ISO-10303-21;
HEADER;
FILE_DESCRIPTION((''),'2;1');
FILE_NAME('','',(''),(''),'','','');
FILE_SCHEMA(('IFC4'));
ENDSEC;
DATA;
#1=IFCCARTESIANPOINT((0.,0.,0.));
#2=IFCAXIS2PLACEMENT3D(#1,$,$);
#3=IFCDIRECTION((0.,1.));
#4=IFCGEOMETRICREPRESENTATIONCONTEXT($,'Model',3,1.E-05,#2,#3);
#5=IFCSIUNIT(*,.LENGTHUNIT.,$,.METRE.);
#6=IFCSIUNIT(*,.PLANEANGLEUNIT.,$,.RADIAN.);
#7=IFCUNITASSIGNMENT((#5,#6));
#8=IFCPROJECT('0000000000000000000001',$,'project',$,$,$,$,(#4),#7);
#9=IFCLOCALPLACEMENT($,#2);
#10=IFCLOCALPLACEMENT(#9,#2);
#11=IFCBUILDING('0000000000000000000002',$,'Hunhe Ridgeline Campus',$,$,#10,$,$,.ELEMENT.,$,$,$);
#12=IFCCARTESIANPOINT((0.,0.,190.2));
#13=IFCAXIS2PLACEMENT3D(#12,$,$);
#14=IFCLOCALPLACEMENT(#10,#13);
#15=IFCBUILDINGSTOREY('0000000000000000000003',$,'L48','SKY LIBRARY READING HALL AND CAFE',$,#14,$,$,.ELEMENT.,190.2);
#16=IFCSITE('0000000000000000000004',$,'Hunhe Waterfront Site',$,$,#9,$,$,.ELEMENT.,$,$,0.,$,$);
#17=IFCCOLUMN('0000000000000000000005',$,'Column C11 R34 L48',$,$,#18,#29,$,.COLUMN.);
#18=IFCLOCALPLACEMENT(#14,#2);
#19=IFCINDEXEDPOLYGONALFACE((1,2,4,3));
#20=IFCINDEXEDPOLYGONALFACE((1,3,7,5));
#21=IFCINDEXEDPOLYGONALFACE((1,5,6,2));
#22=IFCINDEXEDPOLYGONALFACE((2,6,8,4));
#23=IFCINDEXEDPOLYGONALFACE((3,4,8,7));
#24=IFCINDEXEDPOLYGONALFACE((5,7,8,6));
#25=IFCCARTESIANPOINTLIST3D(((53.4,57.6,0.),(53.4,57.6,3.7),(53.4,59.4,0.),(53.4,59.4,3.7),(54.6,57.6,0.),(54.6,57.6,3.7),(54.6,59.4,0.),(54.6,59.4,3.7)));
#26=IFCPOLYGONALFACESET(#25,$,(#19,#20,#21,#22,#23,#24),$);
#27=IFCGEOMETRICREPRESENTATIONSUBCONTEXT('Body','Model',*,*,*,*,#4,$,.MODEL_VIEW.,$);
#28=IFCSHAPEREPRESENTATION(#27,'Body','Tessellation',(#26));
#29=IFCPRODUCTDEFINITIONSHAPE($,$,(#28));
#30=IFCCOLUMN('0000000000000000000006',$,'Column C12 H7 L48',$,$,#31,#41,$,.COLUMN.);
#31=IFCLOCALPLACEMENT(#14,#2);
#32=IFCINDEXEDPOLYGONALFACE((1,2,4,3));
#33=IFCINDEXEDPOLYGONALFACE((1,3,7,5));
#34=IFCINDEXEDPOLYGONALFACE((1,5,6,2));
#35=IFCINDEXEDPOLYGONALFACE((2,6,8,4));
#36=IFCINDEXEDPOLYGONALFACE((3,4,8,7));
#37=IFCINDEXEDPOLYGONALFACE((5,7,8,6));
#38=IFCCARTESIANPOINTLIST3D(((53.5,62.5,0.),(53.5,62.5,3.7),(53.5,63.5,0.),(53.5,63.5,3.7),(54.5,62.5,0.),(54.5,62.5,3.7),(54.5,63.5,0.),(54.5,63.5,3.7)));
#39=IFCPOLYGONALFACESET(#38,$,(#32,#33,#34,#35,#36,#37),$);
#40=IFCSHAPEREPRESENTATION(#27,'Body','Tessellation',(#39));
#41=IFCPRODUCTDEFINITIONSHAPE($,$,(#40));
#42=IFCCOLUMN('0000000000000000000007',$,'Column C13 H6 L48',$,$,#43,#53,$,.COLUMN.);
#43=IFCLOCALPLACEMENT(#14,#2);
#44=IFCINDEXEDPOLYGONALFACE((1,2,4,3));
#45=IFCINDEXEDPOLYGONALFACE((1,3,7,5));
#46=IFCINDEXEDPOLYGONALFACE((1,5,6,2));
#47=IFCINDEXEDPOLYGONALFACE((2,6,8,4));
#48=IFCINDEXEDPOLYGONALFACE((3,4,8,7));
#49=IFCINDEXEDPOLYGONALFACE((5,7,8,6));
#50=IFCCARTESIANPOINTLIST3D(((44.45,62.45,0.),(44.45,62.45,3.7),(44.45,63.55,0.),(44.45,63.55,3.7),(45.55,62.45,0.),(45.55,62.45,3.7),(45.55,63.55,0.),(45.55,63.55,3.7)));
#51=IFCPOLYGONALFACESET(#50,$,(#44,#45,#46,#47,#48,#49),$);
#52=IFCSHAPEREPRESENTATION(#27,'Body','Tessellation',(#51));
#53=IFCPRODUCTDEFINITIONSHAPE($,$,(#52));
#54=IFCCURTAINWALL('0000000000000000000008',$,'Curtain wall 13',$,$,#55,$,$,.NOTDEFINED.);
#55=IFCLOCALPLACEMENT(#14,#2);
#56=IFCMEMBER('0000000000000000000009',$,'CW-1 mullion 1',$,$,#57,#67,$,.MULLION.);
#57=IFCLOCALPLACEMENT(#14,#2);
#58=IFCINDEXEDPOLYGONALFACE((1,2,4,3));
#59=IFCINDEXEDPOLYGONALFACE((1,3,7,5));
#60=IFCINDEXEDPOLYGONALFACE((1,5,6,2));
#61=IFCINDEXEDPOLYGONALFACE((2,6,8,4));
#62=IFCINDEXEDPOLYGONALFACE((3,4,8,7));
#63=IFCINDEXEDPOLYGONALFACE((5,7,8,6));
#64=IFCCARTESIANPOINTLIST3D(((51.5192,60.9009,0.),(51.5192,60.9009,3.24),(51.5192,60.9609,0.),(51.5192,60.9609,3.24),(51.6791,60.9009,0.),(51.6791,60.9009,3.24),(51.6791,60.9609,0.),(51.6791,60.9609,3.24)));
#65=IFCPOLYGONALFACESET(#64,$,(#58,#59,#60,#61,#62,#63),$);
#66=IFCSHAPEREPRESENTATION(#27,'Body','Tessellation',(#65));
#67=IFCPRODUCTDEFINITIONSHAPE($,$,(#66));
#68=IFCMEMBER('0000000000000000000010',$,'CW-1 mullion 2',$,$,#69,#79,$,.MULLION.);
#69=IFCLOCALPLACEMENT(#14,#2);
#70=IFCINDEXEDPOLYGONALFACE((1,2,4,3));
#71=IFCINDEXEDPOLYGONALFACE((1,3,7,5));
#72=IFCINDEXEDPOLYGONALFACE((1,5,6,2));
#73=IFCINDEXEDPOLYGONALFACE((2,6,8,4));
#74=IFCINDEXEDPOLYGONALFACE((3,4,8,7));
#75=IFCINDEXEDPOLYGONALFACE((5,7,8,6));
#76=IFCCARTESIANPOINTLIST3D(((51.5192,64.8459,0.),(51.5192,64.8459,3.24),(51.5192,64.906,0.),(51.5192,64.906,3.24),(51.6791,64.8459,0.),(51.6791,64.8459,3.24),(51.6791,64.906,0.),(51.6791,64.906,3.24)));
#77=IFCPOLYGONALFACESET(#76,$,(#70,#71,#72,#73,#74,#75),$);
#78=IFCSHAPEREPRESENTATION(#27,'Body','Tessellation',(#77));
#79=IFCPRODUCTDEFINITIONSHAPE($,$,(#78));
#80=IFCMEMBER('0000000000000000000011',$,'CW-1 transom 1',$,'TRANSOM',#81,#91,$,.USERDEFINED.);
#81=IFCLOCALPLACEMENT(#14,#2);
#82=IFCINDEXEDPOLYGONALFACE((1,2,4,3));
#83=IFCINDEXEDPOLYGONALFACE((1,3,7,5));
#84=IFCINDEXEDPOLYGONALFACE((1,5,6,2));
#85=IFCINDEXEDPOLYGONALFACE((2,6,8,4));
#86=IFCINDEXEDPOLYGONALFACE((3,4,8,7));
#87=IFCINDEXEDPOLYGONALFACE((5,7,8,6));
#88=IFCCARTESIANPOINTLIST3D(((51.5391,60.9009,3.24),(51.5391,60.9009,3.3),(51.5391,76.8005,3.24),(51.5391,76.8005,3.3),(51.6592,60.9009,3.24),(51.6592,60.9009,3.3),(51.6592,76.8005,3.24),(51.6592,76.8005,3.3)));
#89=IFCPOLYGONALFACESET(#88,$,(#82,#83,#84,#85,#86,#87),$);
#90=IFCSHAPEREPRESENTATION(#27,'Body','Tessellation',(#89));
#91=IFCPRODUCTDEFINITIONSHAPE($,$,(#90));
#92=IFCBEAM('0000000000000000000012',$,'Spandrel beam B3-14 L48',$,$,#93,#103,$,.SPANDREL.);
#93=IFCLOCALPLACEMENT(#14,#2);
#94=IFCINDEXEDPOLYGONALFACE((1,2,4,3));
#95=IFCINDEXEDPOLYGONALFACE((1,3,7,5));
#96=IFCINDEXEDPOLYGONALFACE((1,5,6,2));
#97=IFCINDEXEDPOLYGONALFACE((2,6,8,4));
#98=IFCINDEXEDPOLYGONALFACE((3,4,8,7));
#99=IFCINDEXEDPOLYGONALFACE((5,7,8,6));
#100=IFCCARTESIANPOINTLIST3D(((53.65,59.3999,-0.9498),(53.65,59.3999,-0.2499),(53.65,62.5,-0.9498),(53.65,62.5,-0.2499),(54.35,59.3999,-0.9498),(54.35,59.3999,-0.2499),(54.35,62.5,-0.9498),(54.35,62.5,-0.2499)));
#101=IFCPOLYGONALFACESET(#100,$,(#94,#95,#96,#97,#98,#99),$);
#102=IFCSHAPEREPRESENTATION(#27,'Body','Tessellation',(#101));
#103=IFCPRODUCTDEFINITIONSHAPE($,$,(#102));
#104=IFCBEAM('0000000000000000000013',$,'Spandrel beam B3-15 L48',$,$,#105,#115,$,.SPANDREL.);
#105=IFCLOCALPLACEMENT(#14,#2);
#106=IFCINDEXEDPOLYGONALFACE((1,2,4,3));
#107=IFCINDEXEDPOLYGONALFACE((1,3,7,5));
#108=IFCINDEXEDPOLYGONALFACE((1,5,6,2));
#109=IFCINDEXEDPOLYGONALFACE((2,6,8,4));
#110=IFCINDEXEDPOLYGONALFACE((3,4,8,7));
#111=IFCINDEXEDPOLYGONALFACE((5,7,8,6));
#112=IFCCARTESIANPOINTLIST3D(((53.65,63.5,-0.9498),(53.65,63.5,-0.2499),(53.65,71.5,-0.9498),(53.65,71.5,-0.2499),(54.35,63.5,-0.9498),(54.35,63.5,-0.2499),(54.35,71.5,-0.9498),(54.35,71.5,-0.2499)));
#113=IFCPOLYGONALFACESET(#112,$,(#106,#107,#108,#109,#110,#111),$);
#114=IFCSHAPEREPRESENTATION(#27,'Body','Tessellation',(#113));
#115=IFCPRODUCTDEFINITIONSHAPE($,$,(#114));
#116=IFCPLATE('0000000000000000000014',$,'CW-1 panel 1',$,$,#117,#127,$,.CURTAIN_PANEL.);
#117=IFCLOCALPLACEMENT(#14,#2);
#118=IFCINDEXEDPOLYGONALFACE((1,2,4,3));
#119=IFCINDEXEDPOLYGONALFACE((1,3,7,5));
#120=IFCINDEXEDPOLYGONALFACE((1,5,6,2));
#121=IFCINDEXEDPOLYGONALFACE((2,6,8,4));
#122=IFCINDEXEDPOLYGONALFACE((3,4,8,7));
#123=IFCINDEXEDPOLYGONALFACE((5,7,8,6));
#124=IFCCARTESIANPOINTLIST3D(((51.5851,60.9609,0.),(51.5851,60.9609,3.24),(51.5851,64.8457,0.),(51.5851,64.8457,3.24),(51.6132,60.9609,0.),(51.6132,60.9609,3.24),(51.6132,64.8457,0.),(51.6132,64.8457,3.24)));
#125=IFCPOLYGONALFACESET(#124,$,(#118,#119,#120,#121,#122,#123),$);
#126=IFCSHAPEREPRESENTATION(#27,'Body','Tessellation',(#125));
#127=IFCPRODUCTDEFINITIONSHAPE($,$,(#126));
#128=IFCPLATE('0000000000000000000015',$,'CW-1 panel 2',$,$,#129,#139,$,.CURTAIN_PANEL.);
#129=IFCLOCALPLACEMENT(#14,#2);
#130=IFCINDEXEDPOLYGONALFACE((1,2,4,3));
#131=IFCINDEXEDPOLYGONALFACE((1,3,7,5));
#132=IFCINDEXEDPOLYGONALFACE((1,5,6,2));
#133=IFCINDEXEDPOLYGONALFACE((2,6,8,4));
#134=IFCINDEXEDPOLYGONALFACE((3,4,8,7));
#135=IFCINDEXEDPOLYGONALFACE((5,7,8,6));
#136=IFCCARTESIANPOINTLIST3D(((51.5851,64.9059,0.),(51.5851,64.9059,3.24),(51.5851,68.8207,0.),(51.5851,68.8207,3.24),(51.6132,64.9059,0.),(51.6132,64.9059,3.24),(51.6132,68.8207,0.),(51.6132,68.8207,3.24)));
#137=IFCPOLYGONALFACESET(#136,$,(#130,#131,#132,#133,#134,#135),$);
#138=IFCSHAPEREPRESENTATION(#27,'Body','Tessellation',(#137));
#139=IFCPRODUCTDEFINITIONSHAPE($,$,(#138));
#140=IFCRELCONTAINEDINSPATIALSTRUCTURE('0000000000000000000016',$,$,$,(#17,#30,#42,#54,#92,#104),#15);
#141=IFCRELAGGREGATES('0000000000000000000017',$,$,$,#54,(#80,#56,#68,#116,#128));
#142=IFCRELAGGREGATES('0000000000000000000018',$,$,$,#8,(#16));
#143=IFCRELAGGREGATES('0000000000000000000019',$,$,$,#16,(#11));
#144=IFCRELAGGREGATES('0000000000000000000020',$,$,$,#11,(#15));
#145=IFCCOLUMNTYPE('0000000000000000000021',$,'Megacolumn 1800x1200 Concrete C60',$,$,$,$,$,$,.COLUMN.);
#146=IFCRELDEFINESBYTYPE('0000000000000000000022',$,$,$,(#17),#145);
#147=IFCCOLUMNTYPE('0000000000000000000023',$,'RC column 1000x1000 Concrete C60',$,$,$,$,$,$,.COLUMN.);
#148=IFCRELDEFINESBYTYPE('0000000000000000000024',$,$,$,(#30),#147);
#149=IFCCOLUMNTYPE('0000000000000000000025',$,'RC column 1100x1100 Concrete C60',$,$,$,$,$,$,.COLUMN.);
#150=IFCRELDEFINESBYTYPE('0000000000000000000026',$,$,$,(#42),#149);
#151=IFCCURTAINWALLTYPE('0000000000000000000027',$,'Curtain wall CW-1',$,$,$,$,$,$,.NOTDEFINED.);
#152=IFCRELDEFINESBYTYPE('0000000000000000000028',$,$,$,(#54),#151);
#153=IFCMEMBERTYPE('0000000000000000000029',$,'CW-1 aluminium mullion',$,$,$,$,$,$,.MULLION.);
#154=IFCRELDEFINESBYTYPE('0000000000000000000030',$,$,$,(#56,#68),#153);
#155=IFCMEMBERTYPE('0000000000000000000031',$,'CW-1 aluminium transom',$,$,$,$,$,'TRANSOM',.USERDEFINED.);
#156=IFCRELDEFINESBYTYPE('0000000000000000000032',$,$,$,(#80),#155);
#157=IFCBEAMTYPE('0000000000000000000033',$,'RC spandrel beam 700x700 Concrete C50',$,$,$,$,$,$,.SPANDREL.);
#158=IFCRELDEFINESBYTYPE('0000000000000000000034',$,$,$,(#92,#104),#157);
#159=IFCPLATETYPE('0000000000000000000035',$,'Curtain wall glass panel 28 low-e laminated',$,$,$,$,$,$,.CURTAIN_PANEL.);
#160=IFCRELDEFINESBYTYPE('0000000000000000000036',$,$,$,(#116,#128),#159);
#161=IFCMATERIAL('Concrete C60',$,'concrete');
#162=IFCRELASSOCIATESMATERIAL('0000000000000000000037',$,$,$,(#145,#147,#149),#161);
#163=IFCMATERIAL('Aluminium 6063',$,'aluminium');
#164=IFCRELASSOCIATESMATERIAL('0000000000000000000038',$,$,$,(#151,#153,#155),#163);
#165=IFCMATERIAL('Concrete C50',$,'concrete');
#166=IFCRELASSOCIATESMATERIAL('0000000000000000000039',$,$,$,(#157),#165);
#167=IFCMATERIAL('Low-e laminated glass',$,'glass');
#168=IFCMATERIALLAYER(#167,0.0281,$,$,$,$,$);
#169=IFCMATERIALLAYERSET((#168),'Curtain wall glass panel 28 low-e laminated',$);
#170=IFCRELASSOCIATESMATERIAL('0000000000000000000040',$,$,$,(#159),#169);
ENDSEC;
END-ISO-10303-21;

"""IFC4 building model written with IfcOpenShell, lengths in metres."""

from ifc_helpers import new_model, si_unit, direction, frame, origin, origin_2d, place, context, subcontext, project, spatial, rectangle, extrude, material, layer, layer_set, material_profile, profile_set, type_object, element, aggregate, save


model = new_model("IFC4")

# Units and contexts
model_context = context("Model", 3, precision=1e-05, world=origin(), true_north=direction((0.0, 1.0)))
body_context = subcontext(model_context, "Body", "Model", "MODEL_VIEW")
ifc_project = project(units=[si_unit("LENGTHUNIT", "METRE"), si_unit("PLANEANGLEUNIT", "RADIAN")], contexts=[model_context])

# Site, building, storey
site_placement = place(None, origin())
site = spatial("IfcSite", under=ifc_project, at=site_placement, Name="Hunhe Waterfront Site", CompositionType="ELEMENT", RefElevation=0.0)
building_placement = place(site_placement, origin())
building = spatial("IfcBuilding", under=site, at=building_placement, Name="Hunhe Ridgeline Campus", CompositionType="ELEMENT")
storey_placement = place(building_placement, frame((0.0, 0.0, 190.2)))
storey = spatial("IfcBuildingStorey", under=building, at=storey_placement, Name="L48", Description="SKY LIBRARY READING HALL AND CAFE", CompositionType="ELEMENT", Elevation=190.2)

# Columns
ifc_material_1 = material(Name="Concrete C60", Category="concrete")
ifc_material_profile_1 = material_profile(ifc_material_1, rectangle(XDim=1.8, YDim=1.2, at=origin_2d()))
ifc_profile_set_1 = profile_set([ifc_material_profile_1], Name="Concrete C60")
column_type_1 = type_object("IfcColumnType", Name="Megacolumn 1800x1200 Concrete C60", PredefinedType="COLUMN", material=ifc_profile_set_1)
column_1_placement = place(storey_placement, frame((54.0, 58.5, 0.0), z_axis=(0.0, 0.0, 1.0), x_axis=(0.0, 1.0, 0.0)))
element("IfcColumn", 1, at=column_1_placement, inside=storey, type_object=column_type_1, Name="Column C11 R34 L48", PredefinedType="COLUMN", context=body_context, shape_type="SweptSolid", body=[
    extrude(rectangle(XDim=1.8, YDim=1.2, at=origin_2d()), origin(), (0.0, 0.0, 1.0), 3.7),
])
ifc_material_profile_2 = material_profile(ifc_material_1, rectangle(XDim=1.0, YDim=1.0, at=origin_2d()))
ifc_profile_set_2 = profile_set([ifc_material_profile_2], Name="Concrete C60")
column_type_2 = type_object("IfcColumnType", Name="RC column 1000x1000 Concrete C60", PredefinedType="COLUMN", material=ifc_profile_set_2)
column_2_placement = place(storey_placement, frame((54.0, 63.0, 0.0), z_axis=(0.0, 0.0, 1.0), x_axis=(1.0, 0.0, 0.0)))
element("IfcColumn", 2, at=column_2_placement, inside=storey, type_object=column_type_2, Name="Column C12 H7 L48", PredefinedType="COLUMN", context=body_context, shape_type="SweptSolid", body=[
    extrude(rectangle(XDim=1.0, YDim=1.0, at=origin_2d()), origin(), (0.0, 0.0, 1.0), 3.7),
])
ifc_material_profile_3 = material_profile(ifc_material_1, rectangle(XDim=1.1001, YDim=1.1001, at=origin_2d()))
ifc_profile_set_3 = profile_set([ifc_material_profile_3], Name="Concrete C60")
column_type_3 = type_object("IfcColumnType", Name="RC column 1100x1100 Concrete C60", PredefinedType="COLUMN", material=ifc_profile_set_3)
column_3_placement = place(storey_placement, frame((45.0, 63.0, 0.0), z_axis=(0.0, 0.0, 1.0), x_axis=(1.0, 0.0, 0.0)))
element("IfcColumn", 3, at=column_3_placement, inside=storey, type_object=column_type_3, Name="Column C13 H6 L48", PredefinedType="COLUMN", context=body_context, shape_type="SweptSolid", body=[
    extrude(rectangle(XDim=1.1001, YDim=1.1001, at=origin_2d()), origin(), (0.0, 0.0, 1.0), 3.7),
])

# Curtain wall, members
ifc_material_2 = material(Name="Aluminium 6063", Category="aluminium")
curtain_wall_type = type_object("IfcCurtainWallType", Name="Curtain wall CW-1", PredefinedType="NOTDEFINED", material=ifc_material_2)
curtain_wall_placement = place(storey_placement, origin())
curtain_wall = element("IfcCurtainWall", 4, at=curtain_wall_placement, inside=storey, type_object=curtain_wall_type, Name="Curtain wall 13", PredefinedType="NOTDEFINED")
ifc_material_profile_4 = material_profile(ifc_material_2, rectangle(XDim=0.1599, YDim=0.0601, at=origin_2d()))
ifc_profile_set_4 = profile_set([ifc_material_profile_4], Name="Aluminium 6063")
member_type_1 = type_object("IfcMemberType", Name="CW-1 aluminium mullion", PredefinedType="MULLION", material=ifc_profile_set_4)
member_1_placement = place(storey_placement, frame((51.5991, 60.9309, 0.0), z_axis=(0.0, 0.0, 1.0), x_axis=(-1.0, 0.0, 0.0)))
member_1 = element("IfcMember", 5, at=member_1_placement, type_object=member_type_1, Name="CW-1 mullion 1", PredefinedType="MULLION", context=body_context, shape_type="SweptSolid", body=[
    extrude(rectangle(XDim=0.1599, YDim=0.0601, at=origin_2d()), origin(), (0.0, 0.0, 1.0), 3.24),
])
member_2_placement = place(storey_placement, frame((51.5991, 64.876, 0.0), z_axis=(0.0, 0.0, 1.0), x_axis=(-1.0, 0.0, 0.0)))
member_2 = element("IfcMember", 6, at=member_2_placement, type_object=member_type_1, Name="CW-1 mullion 2", PredefinedType="MULLION", context=body_context, shape_type="SweptSolid", body=[
    extrude(rectangle(XDim=0.1599, YDim=0.0601, at=origin_2d()), origin(), (0.0, 0.0, 1.0), 3.24),
])
ifc_material_profile_5 = material_profile(ifc_material_2, rectangle(XDim=0.1201, YDim=0.0601, at=origin_2d()))
ifc_profile_set_5 = profile_set([ifc_material_profile_5], Name="Aluminium 6063")
member_type_2 = type_object("IfcMemberType", Name="CW-1 aluminium transom", ElementType="TRANSOM", PredefinedType="USERDEFINED", material=ifc_profile_set_5)
member_3_placement = place(storey_placement, frame((51.5991, 60.9009, 3.27), z_axis=(0.0, 1.0, 0.0), x_axis=(-1.0, 0.0, 0.0)))
member_3 = element("IfcMember", 7, at=member_3_placement, type_object=member_type_2, Name="CW-1 transom 1", ObjectType="TRANSOM", PredefinedType="USERDEFINED", context=body_context, shape_type="SweptSolid", body=[
    extrude(rectangle(XDim=0.1201, YDim=0.0601, at=origin_2d()), origin(), (0.0, 0.0, 1.0), 15.8997),
])

# Beams
ifc_material_3 = material(Name="Concrete C50", Category="concrete")
ifc_material_profile_6 = material_profile(ifc_material_3, rectangle(XDim=0.7, YDim=0.7, at=origin_2d()))
ifc_profile_set_6 = profile_set([ifc_material_profile_6], Name="Concrete C50")
beam_type = type_object("IfcBeamType", Name="RC spandrel beam 700x700 Concrete C50", PredefinedType="SPANDREL", material=ifc_profile_set_6)
beam_1_placement = place(storey_placement, frame((54.0, 59.3999, -0.5999), z_axis=(0.0, 1.0, 0.0), x_axis=(-1.0, 0.0, 0.0)))
element("IfcBeam", 8, at=beam_1_placement, inside=storey, type_object=beam_type, Name="Spandrel beam B3-14 L48", PredefinedType="SPANDREL", context=body_context, shape_type="SweptSolid", body=[
    extrude(rectangle(XDim=0.7, YDim=0.7, at=origin_2d()), origin(), (0.0, 0.0, 1.0), 3.1001),
])
beam_2_placement = place(storey_placement, frame((54.0, 63.5, -0.5999), z_axis=(0.0, 1.0, 0.0), x_axis=(-1.0, 0.0, 0.0)))
element("IfcBeam", 9, at=beam_2_placement, inside=storey, type_object=beam_type, Name="Spandrel beam B3-15 L48", PredefinedType="SPANDREL", context=body_context, shape_type="SweptSolid", body=[
    extrude(rectangle(XDim=0.7, YDim=0.7, at=origin_2d()), origin(), (0.0, 0.0, 1.0), 8.0),
])

# Plates
ifc_material_4 = material(Name="Low-e laminated glass", Category="glass")
ifc_layer_1 = layer(ifc_material_4, 0.0281)
ifc_layer_set_1 = layer_set([ifc_layer_1], Name="Curtain wall glass panel 28 low-e laminated")
plate_type = type_object("IfcPlateType", Name="Curtain wall glass panel 28 low-e laminated", PredefinedType="CURTAIN_PANEL", material=ifc_layer_set_1)
plate_1_placement = place(storey_placement, frame((51.5991, 62.9033, 0.0), z_axis=(0.0, 0.0, 1.0), x_axis=(0.0, 1.0, 0.0)))
plate_1 = element("IfcPlate", 10, at=plate_1_placement, type_object=plate_type, Name="CW-1 panel 1", PredefinedType="CURTAIN_PANEL", context=body_context, shape_type="SweptSolid", body=[
    extrude(rectangle(XDim=3.8848, YDim=0.0281, at=origin_2d()), origin(), (0.0, 0.0, 1.0), 3.24),
])
plate_2_placement = place(storey_placement, frame((51.5991, 66.8633, 0.0), z_axis=(0.0, 0.0, 1.0), x_axis=(0.0, 1.0, 0.0)))
plate_2 = element("IfcPlate", 11, at=plate_2_placement, type_object=plate_type, Name="CW-1 panel 2", PredefinedType="CURTAIN_PANEL", context=body_context, shape_type="SweptSolid", body=[
    extrude(rectangle(XDim=3.9148, YDim=0.0281, at=origin_2d()), origin(), (0.0, 0.0, 1.0), 3.24),
])
aggregate(curtain_wall, [member_3, member_1, member_2, plate_1, plate_2])

save(model, "model.ifc")
